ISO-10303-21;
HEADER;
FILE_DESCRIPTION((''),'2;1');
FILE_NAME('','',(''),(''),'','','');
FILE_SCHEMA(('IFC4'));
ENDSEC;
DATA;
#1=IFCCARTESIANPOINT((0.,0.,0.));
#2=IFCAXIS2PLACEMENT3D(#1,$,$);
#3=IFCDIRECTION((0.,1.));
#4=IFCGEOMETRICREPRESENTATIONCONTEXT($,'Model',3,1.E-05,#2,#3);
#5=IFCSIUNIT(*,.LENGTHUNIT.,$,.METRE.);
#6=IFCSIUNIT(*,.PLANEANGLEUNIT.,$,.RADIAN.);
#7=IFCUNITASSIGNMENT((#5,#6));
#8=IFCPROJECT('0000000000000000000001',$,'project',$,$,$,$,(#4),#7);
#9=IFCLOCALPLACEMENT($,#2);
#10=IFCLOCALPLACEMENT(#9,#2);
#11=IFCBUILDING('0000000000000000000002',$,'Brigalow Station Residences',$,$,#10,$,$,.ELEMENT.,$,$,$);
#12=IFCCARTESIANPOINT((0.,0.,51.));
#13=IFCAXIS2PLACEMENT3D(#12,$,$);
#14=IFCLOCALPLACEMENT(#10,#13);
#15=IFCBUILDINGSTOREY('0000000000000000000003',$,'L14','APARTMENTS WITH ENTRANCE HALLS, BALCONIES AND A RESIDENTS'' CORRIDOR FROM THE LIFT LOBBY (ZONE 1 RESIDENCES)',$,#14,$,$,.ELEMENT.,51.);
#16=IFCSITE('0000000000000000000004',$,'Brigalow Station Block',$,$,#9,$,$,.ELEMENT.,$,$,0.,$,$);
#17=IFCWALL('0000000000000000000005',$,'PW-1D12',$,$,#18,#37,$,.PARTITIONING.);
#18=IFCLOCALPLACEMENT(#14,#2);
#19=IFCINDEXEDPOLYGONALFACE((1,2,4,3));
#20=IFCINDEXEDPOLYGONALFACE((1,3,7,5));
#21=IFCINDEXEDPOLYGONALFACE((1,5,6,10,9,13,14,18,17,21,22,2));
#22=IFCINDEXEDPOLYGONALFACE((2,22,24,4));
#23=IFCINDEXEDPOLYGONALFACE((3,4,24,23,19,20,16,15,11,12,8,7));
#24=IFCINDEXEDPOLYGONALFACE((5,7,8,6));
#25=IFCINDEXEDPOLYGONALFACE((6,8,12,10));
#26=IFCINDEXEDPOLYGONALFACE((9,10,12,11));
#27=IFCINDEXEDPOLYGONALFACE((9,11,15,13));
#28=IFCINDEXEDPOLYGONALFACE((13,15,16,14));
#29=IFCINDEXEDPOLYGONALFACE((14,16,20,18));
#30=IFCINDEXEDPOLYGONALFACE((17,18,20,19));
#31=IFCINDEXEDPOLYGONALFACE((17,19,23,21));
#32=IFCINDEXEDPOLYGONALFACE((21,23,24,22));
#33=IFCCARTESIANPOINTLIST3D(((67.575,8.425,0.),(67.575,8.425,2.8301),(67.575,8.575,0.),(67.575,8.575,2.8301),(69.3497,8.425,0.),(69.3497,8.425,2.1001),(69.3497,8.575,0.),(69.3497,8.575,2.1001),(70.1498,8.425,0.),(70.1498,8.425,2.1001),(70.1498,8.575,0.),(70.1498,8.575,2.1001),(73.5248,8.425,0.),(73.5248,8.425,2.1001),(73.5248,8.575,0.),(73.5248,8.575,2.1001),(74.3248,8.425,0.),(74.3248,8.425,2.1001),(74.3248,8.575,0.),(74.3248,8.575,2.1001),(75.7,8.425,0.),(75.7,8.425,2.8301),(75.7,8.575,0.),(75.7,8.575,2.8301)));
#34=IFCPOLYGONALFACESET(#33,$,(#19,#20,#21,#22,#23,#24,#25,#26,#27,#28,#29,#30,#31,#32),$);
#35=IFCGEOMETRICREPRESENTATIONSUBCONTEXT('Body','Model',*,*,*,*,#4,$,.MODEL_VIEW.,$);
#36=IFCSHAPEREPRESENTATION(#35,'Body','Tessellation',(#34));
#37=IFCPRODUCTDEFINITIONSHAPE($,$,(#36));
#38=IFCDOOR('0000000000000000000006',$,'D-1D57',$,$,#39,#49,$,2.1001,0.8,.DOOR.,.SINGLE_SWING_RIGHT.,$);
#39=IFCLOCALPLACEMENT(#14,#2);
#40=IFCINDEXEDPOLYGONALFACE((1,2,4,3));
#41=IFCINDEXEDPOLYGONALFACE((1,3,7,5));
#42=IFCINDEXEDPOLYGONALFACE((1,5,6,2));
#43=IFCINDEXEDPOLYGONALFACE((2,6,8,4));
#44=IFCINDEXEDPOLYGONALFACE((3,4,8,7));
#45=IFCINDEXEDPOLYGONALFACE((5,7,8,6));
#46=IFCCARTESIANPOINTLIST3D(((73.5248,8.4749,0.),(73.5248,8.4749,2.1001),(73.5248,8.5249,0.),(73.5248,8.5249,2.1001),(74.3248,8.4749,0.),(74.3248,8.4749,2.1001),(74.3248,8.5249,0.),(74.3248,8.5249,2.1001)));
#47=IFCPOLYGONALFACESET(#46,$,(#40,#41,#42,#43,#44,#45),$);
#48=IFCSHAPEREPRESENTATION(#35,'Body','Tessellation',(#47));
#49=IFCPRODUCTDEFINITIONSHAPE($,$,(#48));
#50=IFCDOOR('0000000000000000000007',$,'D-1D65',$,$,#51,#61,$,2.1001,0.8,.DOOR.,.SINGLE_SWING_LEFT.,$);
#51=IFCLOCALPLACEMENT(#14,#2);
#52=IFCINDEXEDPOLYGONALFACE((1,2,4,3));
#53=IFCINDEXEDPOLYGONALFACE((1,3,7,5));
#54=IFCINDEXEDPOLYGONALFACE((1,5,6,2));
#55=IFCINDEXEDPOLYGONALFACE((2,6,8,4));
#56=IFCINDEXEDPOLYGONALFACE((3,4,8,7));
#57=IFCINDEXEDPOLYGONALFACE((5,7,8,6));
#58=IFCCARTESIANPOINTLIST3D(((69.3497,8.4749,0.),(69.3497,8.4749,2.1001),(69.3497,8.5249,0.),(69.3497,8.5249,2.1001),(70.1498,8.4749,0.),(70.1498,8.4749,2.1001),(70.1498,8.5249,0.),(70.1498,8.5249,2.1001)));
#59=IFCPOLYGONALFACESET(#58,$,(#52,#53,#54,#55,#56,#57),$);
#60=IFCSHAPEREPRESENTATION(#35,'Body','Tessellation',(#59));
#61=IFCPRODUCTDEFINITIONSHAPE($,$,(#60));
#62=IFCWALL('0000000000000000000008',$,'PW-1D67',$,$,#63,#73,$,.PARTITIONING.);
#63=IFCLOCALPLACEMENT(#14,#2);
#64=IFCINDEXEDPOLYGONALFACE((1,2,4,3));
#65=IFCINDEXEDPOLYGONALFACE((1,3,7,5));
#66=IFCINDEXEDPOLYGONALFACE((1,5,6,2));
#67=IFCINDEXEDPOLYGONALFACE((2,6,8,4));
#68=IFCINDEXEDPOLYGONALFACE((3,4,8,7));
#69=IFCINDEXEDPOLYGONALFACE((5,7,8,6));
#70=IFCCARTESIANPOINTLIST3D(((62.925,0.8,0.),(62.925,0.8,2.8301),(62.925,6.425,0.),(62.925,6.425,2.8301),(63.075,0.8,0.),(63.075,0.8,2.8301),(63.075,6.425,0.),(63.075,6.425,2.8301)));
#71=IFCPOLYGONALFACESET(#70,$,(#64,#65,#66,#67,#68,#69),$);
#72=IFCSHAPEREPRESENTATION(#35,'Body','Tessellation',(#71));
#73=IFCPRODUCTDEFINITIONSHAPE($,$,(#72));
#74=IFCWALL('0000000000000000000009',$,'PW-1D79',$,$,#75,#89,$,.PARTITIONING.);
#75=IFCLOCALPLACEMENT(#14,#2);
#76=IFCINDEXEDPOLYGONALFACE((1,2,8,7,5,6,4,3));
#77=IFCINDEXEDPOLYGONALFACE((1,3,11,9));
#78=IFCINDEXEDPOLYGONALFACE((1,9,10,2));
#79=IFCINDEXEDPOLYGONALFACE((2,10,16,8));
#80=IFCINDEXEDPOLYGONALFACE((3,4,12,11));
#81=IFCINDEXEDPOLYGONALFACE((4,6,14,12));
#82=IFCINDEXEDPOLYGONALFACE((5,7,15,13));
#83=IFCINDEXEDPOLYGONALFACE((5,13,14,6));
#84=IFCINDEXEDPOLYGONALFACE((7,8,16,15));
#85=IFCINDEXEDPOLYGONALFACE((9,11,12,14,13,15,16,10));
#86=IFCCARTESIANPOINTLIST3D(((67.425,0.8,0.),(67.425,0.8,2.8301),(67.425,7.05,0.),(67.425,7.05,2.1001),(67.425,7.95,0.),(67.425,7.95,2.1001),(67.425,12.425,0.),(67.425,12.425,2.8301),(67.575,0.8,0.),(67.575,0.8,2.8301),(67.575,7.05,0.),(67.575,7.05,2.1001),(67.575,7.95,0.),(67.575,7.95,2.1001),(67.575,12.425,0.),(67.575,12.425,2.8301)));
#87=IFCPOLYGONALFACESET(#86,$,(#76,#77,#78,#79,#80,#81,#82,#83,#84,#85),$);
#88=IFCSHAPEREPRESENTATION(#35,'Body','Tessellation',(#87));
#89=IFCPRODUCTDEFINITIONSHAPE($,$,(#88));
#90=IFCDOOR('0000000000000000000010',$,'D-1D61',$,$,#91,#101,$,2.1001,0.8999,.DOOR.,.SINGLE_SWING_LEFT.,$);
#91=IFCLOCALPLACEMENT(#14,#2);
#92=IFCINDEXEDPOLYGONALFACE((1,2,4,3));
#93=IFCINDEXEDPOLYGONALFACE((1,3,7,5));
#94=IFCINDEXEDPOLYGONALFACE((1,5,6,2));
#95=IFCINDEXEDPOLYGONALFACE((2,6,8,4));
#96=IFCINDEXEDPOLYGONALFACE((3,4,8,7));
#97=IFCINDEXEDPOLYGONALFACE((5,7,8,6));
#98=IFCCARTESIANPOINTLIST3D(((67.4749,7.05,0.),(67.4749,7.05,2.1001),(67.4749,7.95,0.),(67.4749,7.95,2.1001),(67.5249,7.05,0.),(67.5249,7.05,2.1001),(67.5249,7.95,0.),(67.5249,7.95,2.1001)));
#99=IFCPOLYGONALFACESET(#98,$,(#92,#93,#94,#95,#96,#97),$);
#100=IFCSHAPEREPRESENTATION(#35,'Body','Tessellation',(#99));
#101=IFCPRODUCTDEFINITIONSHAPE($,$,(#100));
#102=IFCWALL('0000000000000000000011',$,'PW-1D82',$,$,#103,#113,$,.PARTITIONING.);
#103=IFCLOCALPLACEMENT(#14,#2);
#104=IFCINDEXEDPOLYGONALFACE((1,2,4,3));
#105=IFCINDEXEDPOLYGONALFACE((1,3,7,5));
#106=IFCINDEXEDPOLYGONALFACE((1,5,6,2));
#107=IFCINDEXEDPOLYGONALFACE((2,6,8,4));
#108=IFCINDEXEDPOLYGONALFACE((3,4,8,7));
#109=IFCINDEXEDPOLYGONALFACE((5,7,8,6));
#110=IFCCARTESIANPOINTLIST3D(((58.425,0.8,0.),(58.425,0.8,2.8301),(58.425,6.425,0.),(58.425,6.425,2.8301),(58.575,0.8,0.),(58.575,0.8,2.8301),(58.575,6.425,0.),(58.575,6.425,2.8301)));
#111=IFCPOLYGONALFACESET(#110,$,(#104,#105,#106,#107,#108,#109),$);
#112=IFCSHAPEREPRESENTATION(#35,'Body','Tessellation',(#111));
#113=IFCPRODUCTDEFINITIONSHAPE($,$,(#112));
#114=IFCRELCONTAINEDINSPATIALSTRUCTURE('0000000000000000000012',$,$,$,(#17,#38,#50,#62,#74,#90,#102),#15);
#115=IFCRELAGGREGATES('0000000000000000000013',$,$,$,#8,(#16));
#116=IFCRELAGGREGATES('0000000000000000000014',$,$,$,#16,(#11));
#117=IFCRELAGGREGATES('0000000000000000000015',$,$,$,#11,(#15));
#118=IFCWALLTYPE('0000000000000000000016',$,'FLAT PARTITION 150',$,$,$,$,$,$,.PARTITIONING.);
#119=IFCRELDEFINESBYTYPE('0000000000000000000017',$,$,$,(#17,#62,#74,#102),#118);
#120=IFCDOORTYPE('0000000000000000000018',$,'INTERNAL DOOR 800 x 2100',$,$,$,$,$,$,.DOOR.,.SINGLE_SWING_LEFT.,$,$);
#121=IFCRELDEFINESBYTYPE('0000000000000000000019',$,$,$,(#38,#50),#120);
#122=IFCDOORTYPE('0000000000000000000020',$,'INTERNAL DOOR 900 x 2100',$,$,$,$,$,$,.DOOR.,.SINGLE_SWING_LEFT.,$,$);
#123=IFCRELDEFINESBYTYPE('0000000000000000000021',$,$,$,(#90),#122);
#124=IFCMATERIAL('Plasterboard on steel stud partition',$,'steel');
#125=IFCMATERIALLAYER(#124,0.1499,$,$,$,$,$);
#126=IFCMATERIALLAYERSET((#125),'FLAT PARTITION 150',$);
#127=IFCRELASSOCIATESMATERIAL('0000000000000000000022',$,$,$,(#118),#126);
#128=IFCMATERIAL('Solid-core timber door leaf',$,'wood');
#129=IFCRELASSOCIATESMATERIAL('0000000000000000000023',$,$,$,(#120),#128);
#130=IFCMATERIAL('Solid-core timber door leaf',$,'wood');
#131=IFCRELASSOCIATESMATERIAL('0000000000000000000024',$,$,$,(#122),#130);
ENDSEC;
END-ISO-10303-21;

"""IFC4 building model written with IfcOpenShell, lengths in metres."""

from ifc_helpers import new_model, si_unit, direction, frame, frame_2d, origin, place, context, subcontext, project, spatial, rectangle, extrude, material, layer, layer_set, type_object, element, fill, save


model = new_model("IFC4")

# Units and contexts
model_context = context("Model", 3, precision=1e-05, world=origin(), true_north=direction((0.0, 1.0)))
body_context = subcontext(model_context, "Body", "Model", "MODEL_VIEW")
ifc_project = project(units=[si_unit("LENGTHUNIT", "METRE"), si_unit("PLANEANGLEUNIT", "RADIAN")], contexts=[model_context])

# Site, building, storey
site_placement = place(None, origin())
site = spatial("IfcSite", under=ifc_project, at=site_placement, Name="Brigalow Station Block", CompositionType="ELEMENT", RefElevation=0.0)
building_placement = place(site_placement, origin())
building = spatial("IfcBuilding", under=site, at=building_placement, Name="Brigalow Station Residences", CompositionType="ELEMENT")
storey_placement = place(building_placement, frame((0.0, 0.0, 51.0)))
storey = spatial("IfcBuildingStorey", under=building, at=storey_placement, Name="L14", Description="APARTMENTS WITH ENTRANCE HALLS, BALCONIES AND A RESIDENTS' CORRIDOR FROM THE LIFT LOBBY (ZONE 1 RESIDENCES)", CompositionType="ELEMENT", Elevation=51.0)

# Wall, openings, doors
ifc_material_1 = material(Name="Plasterboard on steel stud partition", Category="steel")
ifc_layer_1 = layer(ifc_material_1, 0.1499)
ifc_layer_set_1 = layer_set([ifc_layer_1], Name="FLAT PARTITION 150")
wall_type_1 = type_object("IfcWallType", Name="FLAT PARTITION 150", PredefinedType="PARTITIONING", material=ifc_layer_set_1)
wall_1_placement = place(storey_placement, frame((67.575, 8.5, 0.0), z_axis=(0.0, 0.0, 1.0), x_axis=(1.0, 0.0, 0.0)))
wall_1 = element("IfcWall", 1, at=wall_1_placement, inside=storey, type_object=wall_type_1, Name="PW-1D12", PredefinedType="PARTITIONING", context=body_context, shape_type="SweptSolid", body=[
    extrude(rectangle(XDim=8.125, YDim=0.1499, at=frame_2d((4.0625, 0.0))), origin(), (0.0, 0.0, 1.0), 2.8301),
])
opening_1_placement = place(wall_1_placement, frame((5.95, 0.0, 0.0)))
opening_1 = element("IfcOpeningElement", 2, at=opening_1_placement, cuts=wall_1, PredefinedType="OPENING", context=body_context, shape_type="SweptSolid", body=[
    extrude(rectangle(XDim=0.8, YDim=2.1001, at=frame_2d((0.3999, 1.05))), frame((0.0, 0.085, 0.0), z_axis=(0.0, -1.0, 0.0), x_axis=(1.0, 0.0, 0.0)), (0.0, 0.0, 1.0), 0.1699),
])
opening_2_placement = place(wall_1_placement, frame((1.7749, 0.0, 0.0)))
opening_2 = element("IfcOpeningElement", 3, at=opening_2_placement, cuts=wall_1, PredefinedType="OPENING", context=body_context, shape_type="SweptSolid", body=[
    extrude(rectangle(XDim=0.8, YDim=2.1001, at=frame_2d((0.3999, 1.05))), frame((0.0, 0.085, 0.0), z_axis=(0.0, -1.0, 0.0), x_axis=(1.0, 0.0, 0.0)), (0.0, 0.0, 1.0), 0.1699),
])
ifc_material_2 = material(Name="Solid-core timber door leaf", Category="wood")
door_type_1 = type_object("IfcDoorType", Name="INTERNAL DOOR 800 x 2100", OperationType="SINGLE_SWING_LEFT", PredefinedType="DOOR", material=ifc_material_2)
door_1_placement = place(opening_1_placement, origin())
door_1 = element("IfcDoor", 4, at=door_1_placement, inside=storey, type_object=door_type_1, Name="D-1D57", OperationType="SINGLE_SWING_RIGHT", OverallHeight=2.1001, OverallWidth=0.8, PredefinedType="DOOR", context=body_context, shape_type="SweptSolid", body=[
    extrude(rectangle(XDim=0.8, YDim=2.1001, at=frame_2d((0.3999, 1.05))), frame((0.0, 0.0249, 0.0), z_axis=(0.0, -1.0, 0.0), x_axis=(1.0, 0.0, 0.0)), (0.0, 0.0, 1.0), 0.05),
])
fill(opening_1, door_1)
door_2_placement = place(opening_2_placement, origin())
door_2 = element("IfcDoor", 5, at=door_2_placement, inside=storey, type_object=door_type_1, Name="D-1D65", OperationType="SINGLE_SWING_LEFT", OverallHeight=2.1001, OverallWidth=0.8, PredefinedType="DOOR", context=body_context, shape_type="SweptSolid", body=[
    extrude(rectangle(XDim=0.8, YDim=2.1001, at=frame_2d((0.3999, 1.05))), frame((0.0, 0.0249, 0.0), z_axis=(0.0, -1.0, 0.0), x_axis=(1.0, 0.0, 0.0)), (0.0, 0.0, 1.0), 0.05),
])
fill(opening_2, door_2)

# Wall
wall_2_placement = place(storey_placement, frame((63.0, 0.8, 0.0), z_axis=(0.0, 0.0, 1.0), x_axis=(0.0, 1.0, 0.0)))
element("IfcWall", 6, at=wall_2_placement, inside=storey, type_object=wall_type_1, Name="PW-1D67", PredefinedType="PARTITIONING", context=body_context, shape_type="SweptSolid", body=[
    extrude(rectangle(XDim=5.625, YDim=0.1499, at=frame_2d((2.8125, 0.0))), origin(), (0.0, 0.0, 1.0), 2.8301),
])

# Wall, opening, door
wall_3_placement = place(storey_placement, frame((67.5, 0.8, 0.0), z_axis=(0.0, 0.0, 1.0), x_axis=(0.0, 1.0, 0.0)))
wall_3 = element("IfcWall", 7, at=wall_3_placement, inside=storey, type_object=wall_type_1, Name="PW-1D79", PredefinedType="PARTITIONING", context=body_context, shape_type="SweptSolid", body=[
    extrude(rectangle(XDim=11.625, YDim=0.1499, at=frame_2d((5.8125, 0.0))), origin(), (0.0, 0.0, 1.0), 2.8301),
])
opening_3_placement = place(wall_3_placement, frame((6.25, 0.0, 0.0)))
opening_3 = element("IfcOpeningElement", 8, at=opening_3_placement, cuts=wall_3, PredefinedType="OPENING", context=body_context, shape_type="SweptSolid", body=[
    extrude(rectangle(XDim=0.8999, YDim=2.1001, at=frame_2d((0.45, 1.05))), frame((0.0, 0.085, 0.0), z_axis=(0.0, -1.0, 0.0), x_axis=(1.0, 0.0, 0.0)), (0.0, 0.0, 1.0), 0.1699),
])
ifc_material_3 = material(Name="Solid-core timber door leaf", Category="wood")
door_type_2 = type_object("IfcDoorType", Name="INTERNAL DOOR 900 x 2100", OperationType="SINGLE_SWING_LEFT", PredefinedType="DOOR", material=ifc_material_3)
door_3_placement = place(opening_3_placement, frame((0.8999, 0.0, 0.0), z_axis=(0.0, 0.0, 1.0), x_axis=(-1.0, 0.0, 0.0)))
door_3 = element("IfcDoor", 9, at=door_3_placement, inside=storey, type_object=door_type_2, Name="D-1D61", OperationType="SINGLE_SWING_LEFT", OverallHeight=2.1001, OverallWidth=0.8999, PredefinedType="DOOR", context=body_context, shape_type="SweptSolid", body=[
    extrude(rectangle(XDim=0.8999, YDim=2.1001, at=frame_2d((0.45, 1.05))), frame((0.0, 0.0249, 0.0), z_axis=(0.0, -1.0, 0.0), x_axis=(1.0, 0.0, 0.0)), (0.0, 0.0, 1.0), 0.05),
])
fill(opening_3, door_3)

# Wall
wall_4_placement = place(storey_placement, frame((58.5, 0.8, 0.0), z_axis=(0.0, 0.0, 1.0), x_axis=(0.0, 1.0, 0.0)))
element("IfcWall", 10, at=wall_4_placement, inside=storey, type_object=wall_type_1, Name="PW-1D82", PredefinedType="PARTITIONING", context=body_context, shape_type="SweptSolid", body=[
    extrude(rectangle(XDim=5.625, YDim=0.1499, at=frame_2d((2.8125, 0.0))), origin(), (0.0, 0.0, 1.0), 2.8301),
])

save(model, "model.ifc")
